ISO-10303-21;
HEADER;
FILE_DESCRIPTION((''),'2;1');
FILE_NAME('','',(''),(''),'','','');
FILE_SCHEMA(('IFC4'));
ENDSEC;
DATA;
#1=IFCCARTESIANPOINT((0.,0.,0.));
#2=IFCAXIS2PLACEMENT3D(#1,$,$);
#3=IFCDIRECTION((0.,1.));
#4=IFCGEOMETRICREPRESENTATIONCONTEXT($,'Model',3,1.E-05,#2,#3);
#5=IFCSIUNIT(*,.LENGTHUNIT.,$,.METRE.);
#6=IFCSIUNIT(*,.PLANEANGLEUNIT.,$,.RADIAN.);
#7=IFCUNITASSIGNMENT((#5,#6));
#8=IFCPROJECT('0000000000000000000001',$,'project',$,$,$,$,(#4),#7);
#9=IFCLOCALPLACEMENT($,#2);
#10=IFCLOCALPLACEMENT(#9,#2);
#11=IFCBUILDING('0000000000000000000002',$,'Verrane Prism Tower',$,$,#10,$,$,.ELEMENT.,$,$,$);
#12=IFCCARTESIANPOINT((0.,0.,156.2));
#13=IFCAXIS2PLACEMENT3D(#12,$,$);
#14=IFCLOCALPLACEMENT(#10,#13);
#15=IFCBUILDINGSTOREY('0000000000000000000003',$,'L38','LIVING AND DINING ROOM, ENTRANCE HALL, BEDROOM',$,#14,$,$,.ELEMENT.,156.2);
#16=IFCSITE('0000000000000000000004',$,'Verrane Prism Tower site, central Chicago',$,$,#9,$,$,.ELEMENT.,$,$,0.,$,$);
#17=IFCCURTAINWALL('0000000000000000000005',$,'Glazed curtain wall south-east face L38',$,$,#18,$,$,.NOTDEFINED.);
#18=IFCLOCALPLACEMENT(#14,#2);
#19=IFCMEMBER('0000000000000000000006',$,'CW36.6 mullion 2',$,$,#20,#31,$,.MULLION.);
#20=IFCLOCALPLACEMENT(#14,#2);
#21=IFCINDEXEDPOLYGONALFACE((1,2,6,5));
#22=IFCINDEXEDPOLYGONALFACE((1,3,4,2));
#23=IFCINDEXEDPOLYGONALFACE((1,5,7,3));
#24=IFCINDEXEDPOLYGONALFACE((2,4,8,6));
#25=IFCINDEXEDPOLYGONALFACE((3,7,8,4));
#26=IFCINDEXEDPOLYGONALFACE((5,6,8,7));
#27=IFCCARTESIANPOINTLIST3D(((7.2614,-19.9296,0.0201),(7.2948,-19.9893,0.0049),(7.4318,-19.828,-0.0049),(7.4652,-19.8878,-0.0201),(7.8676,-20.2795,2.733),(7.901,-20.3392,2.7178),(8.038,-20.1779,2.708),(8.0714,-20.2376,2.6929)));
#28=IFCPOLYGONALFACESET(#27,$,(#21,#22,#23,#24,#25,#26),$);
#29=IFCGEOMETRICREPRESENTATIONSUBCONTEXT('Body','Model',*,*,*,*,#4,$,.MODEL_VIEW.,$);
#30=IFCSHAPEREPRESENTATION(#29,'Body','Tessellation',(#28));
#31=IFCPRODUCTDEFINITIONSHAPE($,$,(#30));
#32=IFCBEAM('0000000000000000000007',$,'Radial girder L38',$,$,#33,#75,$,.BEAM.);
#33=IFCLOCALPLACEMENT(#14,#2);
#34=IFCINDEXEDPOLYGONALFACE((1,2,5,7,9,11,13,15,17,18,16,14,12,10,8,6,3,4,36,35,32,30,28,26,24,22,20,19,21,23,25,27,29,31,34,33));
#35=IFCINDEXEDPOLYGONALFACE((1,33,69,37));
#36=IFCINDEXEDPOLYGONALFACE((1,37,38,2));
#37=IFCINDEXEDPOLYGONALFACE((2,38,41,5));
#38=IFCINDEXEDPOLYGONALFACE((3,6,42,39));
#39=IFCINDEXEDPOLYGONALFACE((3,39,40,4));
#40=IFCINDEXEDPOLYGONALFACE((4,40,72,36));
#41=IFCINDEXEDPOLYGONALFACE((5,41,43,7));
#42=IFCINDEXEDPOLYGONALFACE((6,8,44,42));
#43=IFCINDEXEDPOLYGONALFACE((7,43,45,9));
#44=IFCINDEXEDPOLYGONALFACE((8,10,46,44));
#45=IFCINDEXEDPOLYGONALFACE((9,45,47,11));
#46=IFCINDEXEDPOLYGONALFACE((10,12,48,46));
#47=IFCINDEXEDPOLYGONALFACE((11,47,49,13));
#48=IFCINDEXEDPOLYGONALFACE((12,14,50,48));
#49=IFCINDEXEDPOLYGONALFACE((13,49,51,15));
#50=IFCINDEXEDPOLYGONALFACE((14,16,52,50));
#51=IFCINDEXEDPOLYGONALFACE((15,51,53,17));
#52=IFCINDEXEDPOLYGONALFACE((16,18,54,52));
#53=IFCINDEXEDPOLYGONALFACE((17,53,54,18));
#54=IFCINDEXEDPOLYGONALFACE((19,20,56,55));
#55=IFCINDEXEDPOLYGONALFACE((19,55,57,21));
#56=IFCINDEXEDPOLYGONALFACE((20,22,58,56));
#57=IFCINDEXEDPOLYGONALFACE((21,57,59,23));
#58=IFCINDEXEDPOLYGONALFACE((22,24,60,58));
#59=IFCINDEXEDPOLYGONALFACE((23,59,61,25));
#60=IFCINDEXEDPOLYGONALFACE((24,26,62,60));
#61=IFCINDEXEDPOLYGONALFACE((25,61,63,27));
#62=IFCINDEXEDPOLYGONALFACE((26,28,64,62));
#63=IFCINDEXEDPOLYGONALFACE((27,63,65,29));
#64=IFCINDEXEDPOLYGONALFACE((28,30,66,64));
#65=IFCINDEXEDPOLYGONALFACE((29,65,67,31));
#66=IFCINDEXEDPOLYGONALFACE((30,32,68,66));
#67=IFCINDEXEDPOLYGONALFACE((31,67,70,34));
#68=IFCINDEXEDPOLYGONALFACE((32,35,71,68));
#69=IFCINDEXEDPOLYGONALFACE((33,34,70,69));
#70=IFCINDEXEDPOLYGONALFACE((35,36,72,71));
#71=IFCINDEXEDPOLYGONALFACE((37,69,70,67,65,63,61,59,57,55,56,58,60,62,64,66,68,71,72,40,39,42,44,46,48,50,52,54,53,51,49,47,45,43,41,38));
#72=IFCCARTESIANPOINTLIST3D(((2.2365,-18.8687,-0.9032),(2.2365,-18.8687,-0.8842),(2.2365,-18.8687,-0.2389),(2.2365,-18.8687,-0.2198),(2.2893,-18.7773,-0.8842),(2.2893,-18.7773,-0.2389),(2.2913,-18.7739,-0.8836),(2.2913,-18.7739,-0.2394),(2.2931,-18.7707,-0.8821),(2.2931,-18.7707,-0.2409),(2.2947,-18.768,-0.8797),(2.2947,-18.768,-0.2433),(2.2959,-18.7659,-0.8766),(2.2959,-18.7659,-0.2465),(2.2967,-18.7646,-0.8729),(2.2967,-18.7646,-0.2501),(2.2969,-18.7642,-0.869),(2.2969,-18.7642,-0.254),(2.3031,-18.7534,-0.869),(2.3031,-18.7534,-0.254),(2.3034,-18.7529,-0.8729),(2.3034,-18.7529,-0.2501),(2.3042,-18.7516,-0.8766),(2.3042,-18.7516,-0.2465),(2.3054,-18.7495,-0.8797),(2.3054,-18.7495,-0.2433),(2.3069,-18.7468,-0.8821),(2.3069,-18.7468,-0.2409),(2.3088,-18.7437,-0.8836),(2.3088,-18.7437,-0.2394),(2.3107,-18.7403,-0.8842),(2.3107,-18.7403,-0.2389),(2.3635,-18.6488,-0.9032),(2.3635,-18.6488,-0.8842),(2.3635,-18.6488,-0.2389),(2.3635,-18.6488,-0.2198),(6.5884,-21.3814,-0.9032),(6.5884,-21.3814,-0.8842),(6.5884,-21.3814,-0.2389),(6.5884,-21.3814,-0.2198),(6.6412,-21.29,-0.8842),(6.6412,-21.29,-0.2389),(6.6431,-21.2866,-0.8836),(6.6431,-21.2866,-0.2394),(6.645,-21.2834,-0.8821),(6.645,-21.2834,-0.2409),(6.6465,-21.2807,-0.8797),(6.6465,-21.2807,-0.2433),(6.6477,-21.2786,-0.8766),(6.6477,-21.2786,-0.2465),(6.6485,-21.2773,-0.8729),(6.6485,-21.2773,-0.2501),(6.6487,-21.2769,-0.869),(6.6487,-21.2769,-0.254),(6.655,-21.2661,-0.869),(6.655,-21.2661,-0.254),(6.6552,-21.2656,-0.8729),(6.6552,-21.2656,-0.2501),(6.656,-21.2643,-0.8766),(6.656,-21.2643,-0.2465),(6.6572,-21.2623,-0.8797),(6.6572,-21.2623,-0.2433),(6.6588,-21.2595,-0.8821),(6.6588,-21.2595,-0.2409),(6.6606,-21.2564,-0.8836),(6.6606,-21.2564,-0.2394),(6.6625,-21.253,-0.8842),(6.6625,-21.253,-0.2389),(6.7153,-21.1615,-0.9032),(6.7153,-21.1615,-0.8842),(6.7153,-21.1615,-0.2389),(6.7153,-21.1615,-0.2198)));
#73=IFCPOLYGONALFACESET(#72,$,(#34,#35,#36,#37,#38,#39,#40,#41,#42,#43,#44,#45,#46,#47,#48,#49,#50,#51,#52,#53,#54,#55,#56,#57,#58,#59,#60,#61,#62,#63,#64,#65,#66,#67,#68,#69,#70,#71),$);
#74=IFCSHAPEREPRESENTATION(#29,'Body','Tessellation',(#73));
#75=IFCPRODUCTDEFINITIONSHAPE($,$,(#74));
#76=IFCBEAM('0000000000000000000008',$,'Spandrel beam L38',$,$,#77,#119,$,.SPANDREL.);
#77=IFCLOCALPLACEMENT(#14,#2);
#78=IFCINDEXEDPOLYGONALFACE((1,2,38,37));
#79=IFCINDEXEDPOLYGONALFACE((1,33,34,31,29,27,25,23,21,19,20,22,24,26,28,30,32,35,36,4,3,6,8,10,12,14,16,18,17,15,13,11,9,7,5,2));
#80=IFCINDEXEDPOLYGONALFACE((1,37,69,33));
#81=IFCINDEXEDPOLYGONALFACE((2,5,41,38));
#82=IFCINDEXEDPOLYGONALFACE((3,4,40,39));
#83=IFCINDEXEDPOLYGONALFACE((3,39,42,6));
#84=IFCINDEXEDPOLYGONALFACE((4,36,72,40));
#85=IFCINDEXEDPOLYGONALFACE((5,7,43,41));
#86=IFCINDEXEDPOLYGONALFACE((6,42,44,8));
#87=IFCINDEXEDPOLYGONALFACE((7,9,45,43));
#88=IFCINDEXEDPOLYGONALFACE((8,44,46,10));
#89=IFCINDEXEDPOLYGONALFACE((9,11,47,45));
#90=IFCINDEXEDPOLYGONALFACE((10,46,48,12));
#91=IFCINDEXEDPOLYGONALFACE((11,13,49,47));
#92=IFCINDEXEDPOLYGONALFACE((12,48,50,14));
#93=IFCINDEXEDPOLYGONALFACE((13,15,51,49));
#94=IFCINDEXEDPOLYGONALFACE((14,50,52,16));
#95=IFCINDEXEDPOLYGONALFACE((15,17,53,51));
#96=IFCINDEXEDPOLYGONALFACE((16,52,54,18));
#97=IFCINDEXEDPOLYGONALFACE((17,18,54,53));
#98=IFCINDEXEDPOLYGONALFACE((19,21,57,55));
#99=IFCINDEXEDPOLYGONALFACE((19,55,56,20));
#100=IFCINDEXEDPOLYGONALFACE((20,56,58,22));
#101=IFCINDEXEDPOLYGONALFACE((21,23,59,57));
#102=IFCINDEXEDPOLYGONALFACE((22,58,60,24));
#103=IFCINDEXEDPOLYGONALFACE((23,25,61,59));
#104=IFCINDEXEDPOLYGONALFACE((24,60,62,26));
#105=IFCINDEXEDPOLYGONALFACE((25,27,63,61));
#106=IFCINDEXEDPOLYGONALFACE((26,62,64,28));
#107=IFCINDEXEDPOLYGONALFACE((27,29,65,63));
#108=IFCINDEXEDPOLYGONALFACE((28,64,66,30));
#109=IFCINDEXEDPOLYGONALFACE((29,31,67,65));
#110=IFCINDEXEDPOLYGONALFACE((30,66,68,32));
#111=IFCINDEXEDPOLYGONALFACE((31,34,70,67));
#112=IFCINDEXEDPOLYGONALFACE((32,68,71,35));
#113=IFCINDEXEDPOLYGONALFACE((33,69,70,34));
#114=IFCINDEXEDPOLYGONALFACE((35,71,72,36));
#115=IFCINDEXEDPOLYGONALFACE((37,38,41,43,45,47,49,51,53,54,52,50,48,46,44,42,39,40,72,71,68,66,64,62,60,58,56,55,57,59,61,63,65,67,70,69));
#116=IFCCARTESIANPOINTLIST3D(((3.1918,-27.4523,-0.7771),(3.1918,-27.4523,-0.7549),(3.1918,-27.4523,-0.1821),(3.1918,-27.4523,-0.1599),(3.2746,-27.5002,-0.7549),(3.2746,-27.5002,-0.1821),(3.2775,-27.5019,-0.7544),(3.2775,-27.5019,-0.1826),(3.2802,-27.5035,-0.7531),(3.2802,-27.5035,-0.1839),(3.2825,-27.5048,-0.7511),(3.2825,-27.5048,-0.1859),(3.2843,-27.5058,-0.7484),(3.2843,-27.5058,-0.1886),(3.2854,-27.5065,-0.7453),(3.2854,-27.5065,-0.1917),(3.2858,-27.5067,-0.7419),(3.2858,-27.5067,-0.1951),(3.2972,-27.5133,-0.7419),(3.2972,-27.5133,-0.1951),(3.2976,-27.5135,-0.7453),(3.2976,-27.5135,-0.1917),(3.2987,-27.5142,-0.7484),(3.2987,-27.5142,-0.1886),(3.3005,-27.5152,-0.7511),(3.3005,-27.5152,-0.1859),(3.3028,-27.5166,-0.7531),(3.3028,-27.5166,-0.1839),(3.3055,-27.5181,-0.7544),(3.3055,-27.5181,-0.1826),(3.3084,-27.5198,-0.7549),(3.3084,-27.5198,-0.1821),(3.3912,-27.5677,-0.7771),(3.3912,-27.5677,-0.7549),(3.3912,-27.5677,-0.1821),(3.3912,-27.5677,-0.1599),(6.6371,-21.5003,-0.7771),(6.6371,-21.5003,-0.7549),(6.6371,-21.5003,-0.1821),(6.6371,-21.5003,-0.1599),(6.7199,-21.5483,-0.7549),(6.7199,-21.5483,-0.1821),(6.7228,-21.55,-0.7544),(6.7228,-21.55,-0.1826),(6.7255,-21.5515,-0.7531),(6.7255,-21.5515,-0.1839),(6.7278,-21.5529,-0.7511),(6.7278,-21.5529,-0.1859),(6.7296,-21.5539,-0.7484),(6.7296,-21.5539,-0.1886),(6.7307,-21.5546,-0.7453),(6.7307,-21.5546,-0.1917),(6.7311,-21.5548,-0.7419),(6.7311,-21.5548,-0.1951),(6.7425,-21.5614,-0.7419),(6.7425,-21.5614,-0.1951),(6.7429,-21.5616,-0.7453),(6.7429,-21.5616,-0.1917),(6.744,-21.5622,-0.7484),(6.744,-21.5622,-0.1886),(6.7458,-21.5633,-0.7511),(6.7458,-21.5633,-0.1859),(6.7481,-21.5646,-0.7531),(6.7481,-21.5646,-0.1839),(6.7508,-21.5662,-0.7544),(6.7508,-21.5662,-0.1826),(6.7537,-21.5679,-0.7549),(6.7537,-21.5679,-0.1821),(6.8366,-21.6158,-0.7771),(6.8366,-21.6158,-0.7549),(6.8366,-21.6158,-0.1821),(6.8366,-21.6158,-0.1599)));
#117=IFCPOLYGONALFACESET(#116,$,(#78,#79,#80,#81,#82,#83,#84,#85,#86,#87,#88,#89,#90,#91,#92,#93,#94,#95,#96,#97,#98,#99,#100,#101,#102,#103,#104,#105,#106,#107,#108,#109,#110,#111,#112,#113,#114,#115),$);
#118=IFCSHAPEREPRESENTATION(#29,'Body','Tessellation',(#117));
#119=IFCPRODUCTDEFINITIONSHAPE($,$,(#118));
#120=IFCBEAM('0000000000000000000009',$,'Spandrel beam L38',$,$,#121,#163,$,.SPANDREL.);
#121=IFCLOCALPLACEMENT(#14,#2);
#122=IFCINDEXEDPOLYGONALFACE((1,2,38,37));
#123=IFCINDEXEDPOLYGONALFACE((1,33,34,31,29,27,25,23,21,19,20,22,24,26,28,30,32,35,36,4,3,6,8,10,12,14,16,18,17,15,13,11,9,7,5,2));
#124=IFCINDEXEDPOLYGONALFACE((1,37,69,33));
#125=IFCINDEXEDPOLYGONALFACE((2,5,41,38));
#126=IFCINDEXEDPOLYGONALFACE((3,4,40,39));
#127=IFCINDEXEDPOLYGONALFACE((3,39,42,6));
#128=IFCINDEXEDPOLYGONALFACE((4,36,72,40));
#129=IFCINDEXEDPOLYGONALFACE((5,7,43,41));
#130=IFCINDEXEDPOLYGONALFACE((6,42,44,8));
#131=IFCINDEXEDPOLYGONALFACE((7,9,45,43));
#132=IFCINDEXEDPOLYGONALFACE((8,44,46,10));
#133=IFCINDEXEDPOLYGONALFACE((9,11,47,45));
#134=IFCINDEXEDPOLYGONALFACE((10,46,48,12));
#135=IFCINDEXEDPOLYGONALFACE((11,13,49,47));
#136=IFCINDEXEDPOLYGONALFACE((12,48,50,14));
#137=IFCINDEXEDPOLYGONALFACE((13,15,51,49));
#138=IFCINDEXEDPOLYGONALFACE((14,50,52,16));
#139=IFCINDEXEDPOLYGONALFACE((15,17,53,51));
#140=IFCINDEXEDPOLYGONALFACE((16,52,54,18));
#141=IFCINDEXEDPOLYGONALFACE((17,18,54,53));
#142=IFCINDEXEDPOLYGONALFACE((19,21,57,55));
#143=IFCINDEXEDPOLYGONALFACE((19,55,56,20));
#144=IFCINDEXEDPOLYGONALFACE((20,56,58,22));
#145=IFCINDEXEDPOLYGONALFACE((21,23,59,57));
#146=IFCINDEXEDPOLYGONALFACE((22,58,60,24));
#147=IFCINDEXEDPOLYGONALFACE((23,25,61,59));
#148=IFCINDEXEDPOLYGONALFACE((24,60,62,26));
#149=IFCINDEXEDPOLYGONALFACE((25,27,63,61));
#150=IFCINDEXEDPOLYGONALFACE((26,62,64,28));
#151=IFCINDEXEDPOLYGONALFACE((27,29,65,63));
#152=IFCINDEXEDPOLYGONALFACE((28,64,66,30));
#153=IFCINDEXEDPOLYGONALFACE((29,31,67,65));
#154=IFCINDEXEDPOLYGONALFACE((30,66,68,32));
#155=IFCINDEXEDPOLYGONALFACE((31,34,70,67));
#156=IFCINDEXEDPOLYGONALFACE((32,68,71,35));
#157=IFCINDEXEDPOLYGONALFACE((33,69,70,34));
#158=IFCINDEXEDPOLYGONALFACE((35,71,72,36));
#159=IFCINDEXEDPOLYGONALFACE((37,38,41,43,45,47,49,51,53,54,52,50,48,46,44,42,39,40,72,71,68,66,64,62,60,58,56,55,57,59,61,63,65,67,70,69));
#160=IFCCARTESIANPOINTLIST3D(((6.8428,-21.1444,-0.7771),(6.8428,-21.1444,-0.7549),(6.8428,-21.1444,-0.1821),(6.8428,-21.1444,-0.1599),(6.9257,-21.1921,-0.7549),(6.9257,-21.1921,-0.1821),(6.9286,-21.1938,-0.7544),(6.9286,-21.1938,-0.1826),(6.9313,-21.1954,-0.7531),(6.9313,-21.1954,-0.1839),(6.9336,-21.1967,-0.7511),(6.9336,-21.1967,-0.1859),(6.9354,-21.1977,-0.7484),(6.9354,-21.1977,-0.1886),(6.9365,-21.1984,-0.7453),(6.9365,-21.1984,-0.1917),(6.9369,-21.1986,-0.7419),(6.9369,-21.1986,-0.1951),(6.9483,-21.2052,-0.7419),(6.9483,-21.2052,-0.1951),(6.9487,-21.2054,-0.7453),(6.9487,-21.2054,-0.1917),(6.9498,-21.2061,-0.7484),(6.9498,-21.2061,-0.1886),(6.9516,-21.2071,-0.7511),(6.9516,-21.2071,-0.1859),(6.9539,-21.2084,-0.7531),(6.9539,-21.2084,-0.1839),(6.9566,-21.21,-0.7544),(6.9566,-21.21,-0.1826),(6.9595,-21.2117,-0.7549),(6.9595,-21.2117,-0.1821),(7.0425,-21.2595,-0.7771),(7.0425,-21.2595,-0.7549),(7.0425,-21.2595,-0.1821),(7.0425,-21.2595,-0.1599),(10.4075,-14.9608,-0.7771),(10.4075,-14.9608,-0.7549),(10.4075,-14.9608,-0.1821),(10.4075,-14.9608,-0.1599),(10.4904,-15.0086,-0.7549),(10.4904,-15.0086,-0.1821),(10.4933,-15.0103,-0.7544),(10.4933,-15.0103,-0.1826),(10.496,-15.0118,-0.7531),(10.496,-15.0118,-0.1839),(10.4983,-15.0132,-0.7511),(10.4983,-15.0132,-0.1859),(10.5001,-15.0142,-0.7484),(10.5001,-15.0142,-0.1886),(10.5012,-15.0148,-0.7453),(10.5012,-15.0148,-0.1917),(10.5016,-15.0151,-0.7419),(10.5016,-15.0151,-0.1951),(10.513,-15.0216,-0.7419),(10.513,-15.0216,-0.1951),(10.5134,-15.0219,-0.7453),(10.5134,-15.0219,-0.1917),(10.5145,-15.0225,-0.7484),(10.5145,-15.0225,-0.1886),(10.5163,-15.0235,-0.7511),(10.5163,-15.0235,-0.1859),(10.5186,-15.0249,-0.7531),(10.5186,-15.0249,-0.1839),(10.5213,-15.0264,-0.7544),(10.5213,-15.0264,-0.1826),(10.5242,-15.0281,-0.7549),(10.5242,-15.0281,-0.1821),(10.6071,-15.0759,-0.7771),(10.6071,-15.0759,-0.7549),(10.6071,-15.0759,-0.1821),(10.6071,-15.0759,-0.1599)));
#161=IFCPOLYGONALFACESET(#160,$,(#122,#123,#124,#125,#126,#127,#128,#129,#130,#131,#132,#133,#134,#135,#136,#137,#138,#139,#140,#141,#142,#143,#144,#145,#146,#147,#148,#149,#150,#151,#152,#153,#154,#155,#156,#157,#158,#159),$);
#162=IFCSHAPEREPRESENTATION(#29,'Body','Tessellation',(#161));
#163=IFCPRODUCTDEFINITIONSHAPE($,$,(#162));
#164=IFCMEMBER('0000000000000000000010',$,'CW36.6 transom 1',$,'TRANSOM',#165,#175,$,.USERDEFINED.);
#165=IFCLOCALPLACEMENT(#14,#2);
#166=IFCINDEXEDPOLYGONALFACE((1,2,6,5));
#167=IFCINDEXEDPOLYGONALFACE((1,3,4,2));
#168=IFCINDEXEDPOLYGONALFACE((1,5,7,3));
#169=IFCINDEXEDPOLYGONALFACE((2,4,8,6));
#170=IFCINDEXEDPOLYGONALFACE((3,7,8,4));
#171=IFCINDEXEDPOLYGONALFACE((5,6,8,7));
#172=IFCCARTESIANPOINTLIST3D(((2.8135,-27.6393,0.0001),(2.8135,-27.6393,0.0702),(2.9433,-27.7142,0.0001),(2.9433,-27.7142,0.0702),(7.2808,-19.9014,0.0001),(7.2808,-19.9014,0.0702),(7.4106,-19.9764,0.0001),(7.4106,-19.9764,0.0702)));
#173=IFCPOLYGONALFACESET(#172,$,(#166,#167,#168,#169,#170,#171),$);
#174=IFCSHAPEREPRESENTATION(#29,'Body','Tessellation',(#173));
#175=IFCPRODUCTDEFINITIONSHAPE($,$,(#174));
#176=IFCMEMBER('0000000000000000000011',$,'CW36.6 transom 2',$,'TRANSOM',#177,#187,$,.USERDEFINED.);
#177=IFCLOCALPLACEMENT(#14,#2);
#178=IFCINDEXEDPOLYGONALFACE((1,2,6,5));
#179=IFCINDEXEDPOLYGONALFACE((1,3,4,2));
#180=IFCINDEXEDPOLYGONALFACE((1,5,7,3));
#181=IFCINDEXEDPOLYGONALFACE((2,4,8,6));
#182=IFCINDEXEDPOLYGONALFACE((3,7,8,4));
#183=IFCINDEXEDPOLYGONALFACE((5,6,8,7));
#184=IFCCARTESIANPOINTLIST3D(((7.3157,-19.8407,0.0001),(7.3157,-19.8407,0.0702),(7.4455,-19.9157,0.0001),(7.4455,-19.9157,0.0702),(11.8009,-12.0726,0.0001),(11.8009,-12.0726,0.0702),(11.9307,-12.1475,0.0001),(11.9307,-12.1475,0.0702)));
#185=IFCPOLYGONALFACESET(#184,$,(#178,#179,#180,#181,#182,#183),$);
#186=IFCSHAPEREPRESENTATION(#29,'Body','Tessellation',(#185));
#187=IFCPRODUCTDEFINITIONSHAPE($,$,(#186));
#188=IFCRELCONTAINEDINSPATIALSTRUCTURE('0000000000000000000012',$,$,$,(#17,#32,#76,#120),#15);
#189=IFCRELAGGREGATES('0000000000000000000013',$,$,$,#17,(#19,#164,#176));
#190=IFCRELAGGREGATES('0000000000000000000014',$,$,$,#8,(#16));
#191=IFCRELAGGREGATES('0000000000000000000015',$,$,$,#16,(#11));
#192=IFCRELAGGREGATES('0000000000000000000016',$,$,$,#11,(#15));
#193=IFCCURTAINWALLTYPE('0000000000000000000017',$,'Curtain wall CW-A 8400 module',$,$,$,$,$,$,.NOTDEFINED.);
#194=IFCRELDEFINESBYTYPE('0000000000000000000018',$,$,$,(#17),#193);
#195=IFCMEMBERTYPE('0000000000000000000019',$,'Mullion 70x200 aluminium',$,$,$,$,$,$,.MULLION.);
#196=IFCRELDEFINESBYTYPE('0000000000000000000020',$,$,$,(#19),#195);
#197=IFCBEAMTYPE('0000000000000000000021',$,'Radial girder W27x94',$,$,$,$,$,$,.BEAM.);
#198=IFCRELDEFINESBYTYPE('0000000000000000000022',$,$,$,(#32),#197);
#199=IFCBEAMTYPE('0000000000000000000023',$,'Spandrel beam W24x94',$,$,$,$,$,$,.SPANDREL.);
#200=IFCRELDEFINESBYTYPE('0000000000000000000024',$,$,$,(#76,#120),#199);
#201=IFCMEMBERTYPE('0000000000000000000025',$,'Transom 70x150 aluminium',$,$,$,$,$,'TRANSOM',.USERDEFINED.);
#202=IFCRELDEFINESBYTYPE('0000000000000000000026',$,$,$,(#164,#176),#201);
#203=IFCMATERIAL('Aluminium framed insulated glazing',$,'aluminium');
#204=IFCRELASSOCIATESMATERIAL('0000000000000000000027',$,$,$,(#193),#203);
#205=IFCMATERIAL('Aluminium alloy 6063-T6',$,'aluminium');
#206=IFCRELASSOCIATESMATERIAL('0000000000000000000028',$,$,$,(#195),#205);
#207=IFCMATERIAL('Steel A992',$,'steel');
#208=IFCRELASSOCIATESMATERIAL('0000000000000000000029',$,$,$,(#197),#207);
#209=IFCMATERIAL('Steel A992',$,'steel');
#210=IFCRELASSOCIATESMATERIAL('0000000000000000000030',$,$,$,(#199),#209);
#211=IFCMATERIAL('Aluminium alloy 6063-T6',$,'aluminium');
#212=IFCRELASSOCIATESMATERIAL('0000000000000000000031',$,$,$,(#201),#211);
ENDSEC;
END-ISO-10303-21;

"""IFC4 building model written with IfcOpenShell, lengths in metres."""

from ifc_helpers import new_model, si_unit, direction, frame, origin, origin_2d, place, context, subcontext, project, spatial, rectangle, i_section, extrude, material, material_profile, profile_set, type_object, element, aggregate, save


model = new_model("IFC4")

# Units and contexts
model_context = context("Model", 3, precision=1e-05, world=origin(), true_north=direction((0.0, 1.0)))
body_context = subcontext(model_context, "Body", "Model", "MODEL_VIEW")
ifc_project = project(units=[si_unit("LENGTHUNIT", "METRE"), si_unit("PLANEANGLEUNIT", "RADIAN")], contexts=[model_context])

# Site, building, storey
site_placement = place(None, origin())
site = spatial("IfcSite", under=ifc_project, at=site_placement, Name="Verrane Prism Tower site, central Chicago", CompositionType="ELEMENT", RefElevation=0.0)
building_placement = place(site_placement, origin())
building = spatial("IfcBuilding", under=site, at=building_placement, Name="Verrane Prism Tower", CompositionType="ELEMENT")
storey_placement = place(building_placement, frame((0.0, 0.0, 156.2)))
storey = spatial("IfcBuildingStorey", under=building, at=storey_placement, Name="L38", Description="LIVING AND DINING ROOM, ENTRANCE HALL, BEDROOM", CompositionType="ELEMENT", Elevation=156.2)

# Curtain wall, member
ifc_material_1 = material(Name="Aluminium framed insulated glazing", Category="aluminium")
curtain_wall_type = type_object("IfcCurtainWallType", Name="Curtain wall CW-A 8400 module", PredefinedType="NOTDEFINED", material=ifc_material_1)
curtain_wall_placement = place(storey_placement, origin())
curtain_wall = element("IfcCurtainWall", 1, at=curtain_wall_placement, inside=storey, type_object=curtain_wall_type, Name="Glazed curtain wall south-east face L38", PredefinedType="NOTDEFINED")
ifc_material_2 = material(Name="Aluminium alloy 6063-T6", Category="aluminium")
ifc_material_profile_1 = material_profile(ifc_material_2, rectangle(XDim=0.2, YDim=0.0701, at=origin_2d()), Name="Mullion 70x200 aluminium")
ifc_profile_set_1 = profile_set([ifc_material_profile_1], Name="Aluminium alloy 6063-T6")
member_type_1 = type_object("IfcMemberType", Name="Mullion 70x200 aluminium", PredefinedType="MULLION", material=ifc_profile_set_1)
member_1_placement = place(storey_placement, frame((7.3633, -19.9087, 0.0), z_axis=(0.216367, -0.124871, 0.968294), x_axis=(-0.85221, -0.50807, 0.124908)))
member_1 = element("IfcMember", 2, at=member_1_placement, type_object=member_type_1, Name="CW36.6 mullion 2", PredefinedType="MULLION", context=body_context, shape_type="SweptSolid", body=[
    extrude(rectangle(XDim=0.2, YDim=0.0701, at=origin_2d()), origin(), (0.0, 0.0, 1.0), 2.8018),
])

# Beams
ifc_material_3 = material(Name="Steel A992", Category="steel")
ifc_material_profile_2 = material_profile(ifc_material_3, i_section(OverallWidth=0.2539, OverallDepth=0.6833, WebThickness=0.0125, FlangeThickness=0.019, FilletRadius=0.0151, at=origin_2d()), Name="W27x94")
ifc_profile_set_2 = profile_set([ifc_material_profile_2], Name="Steel A992")
beam_type_1 = type_object("IfcBeamType", Name="Radial girder W27x94", PredefinedType="BEAM", material=ifc_profile_set_2)
beam_1_placement = place(storey_placement, frame((6.6519, -21.2715, -0.5615), z_axis=(-0.86601, 0.500027, 0.0), x_axis=(-0.500027, -0.86601, 0.0)))
element("IfcBeam", 3, at=beam_1_placement, inside=storey, type_object=beam_type_1, Name="Radial girder L38", PredefinedType="BEAM", context=body_context, shape_type="SweptSolid", body=[
    extrude(i_section(OverallWidth=0.2539, OverallDepth=0.6833, WebThickness=0.0125, FlangeThickness=0.019, FilletRadius=0.0151, at=origin_2d()), origin(), (0.0, 0.0, 1.0), 5.0251),
])
ifc_material_4 = material(Name="Steel A992", Category="steel")
ifc_material_profile_3 = material_profile(ifc_material_4, i_section(OverallWidth=0.2305, OverallDepth=0.6172, WebThickness=0.0132, FlangeThickness=0.0222, FilletRadius=0.0129, at=origin_2d()), Name="W24x94")
ifc_profile_set_3 = profile_set([ifc_material_profile_3], Name="Steel A992")
beam_type_2 = type_object("IfcBeamType", Name="Spandrel beam W24x94", PredefinedType="SPANDREL", material=ifc_profile_set_3)
beam_2_placement = place(storey_placement, frame((3.2915, -27.51, -0.4685), z_axis=(0.500979, 0.86546, 0.0), x_axis=(-0.86546, 0.500979, 0.0)))
element("IfcBeam", 4, at=beam_2_placement, inside=storey, type_object=beam_type_2, Name="Spandrel beam L38", PredefinedType="SPANDREL", context=body_context, shape_type="SweptSolid", body=[
    extrude(i_section(OverallWidth=0.2305, OverallDepth=0.6172, WebThickness=0.0132, FlangeThickness=0.0222, FilletRadius=0.0129, at=origin_2d()), origin(), (0.0, 0.0, 1.0), 6.8772),
])
beam_3_placement = place(storey_placement, frame((6.9426, -21.2019, -0.4685), z_axis=(0.499432, 0.866353, 0.0), x_axis=(-0.866353, 0.499432, 0.0)))
element("IfcBeam", 5, at=beam_3_placement, inside=storey, type_object=beam_type_2, Name="Spandrel beam L38", PredefinedType="SPANDREL", context=body_context, shape_type="SweptSolid", body=[
    extrude(i_section(OverallWidth=0.2305, OverallDepth=0.6172, WebThickness=0.0132, FlangeThickness=0.0222, FilletRadius=0.0129, at=origin_2d()), origin(), (0.0, 0.0, 1.0), 7.1375),
])

# Members
ifc_material_5 = material(Name="Aluminium alloy 6063-T6", Category="aluminium")
ifc_material_profile_4 = material_profile(ifc_material_5, rectangle(XDim=0.1499, YDim=0.0701, at=origin_2d()), Name="Transom 70x150 aluminium")
ifc_profile_set_4 = profile_set([ifc_material_profile_4], Name="Aluminium alloy 6063-T6")
member_type_2 = type_object("IfcMemberType", Name="Transom 70x150 aluminium", ElementType="TRANSOM", PredefinedType="USERDEFINED", material=ifc_profile_set_4)
member_2_placement = place(storey_placement, frame((2.8784, -27.6768, 0.0352), z_axis=(0.499989, 0.866032, 0.0), x_axis=(-0.866032, 0.499989, 0.0)))
member_2 = element("IfcMember", 6, at=member_2_placement, type_object=member_type_2, Name="CW36.6 transom 1", ObjectType="TRANSOM", PredefinedType="USERDEFINED", context=body_context, shape_type="SweptSolid", body=[
    extrude(rectangle(XDim=0.1499, YDim=0.0701, at=origin_2d()), origin(), (0.0, 0.0, 1.0), 8.9348),
])
member_3_placement = place(storey_placement, frame((7.3806, -19.8782, 0.0352), z_axis=(0.500018, 0.866015, 0.0), x_axis=(-0.866015, 0.500018, 0.0)))
member_3 = element("IfcMember", 7, at=member_3_placement, type_object=member_type_2, Name="CW36.6 transom 2", ObjectType="TRANSOM", PredefinedType="USERDEFINED", context=body_context, shape_type="SweptSolid", body=[
    extrude(rectangle(XDim=0.1499, YDim=0.0701, at=origin_2d()), origin(), (0.0, 0.0, 1.0), 8.97),
])

aggregate(curtain_wall, [member_1, member_2, member_3])

save(model, "model.ifc")
